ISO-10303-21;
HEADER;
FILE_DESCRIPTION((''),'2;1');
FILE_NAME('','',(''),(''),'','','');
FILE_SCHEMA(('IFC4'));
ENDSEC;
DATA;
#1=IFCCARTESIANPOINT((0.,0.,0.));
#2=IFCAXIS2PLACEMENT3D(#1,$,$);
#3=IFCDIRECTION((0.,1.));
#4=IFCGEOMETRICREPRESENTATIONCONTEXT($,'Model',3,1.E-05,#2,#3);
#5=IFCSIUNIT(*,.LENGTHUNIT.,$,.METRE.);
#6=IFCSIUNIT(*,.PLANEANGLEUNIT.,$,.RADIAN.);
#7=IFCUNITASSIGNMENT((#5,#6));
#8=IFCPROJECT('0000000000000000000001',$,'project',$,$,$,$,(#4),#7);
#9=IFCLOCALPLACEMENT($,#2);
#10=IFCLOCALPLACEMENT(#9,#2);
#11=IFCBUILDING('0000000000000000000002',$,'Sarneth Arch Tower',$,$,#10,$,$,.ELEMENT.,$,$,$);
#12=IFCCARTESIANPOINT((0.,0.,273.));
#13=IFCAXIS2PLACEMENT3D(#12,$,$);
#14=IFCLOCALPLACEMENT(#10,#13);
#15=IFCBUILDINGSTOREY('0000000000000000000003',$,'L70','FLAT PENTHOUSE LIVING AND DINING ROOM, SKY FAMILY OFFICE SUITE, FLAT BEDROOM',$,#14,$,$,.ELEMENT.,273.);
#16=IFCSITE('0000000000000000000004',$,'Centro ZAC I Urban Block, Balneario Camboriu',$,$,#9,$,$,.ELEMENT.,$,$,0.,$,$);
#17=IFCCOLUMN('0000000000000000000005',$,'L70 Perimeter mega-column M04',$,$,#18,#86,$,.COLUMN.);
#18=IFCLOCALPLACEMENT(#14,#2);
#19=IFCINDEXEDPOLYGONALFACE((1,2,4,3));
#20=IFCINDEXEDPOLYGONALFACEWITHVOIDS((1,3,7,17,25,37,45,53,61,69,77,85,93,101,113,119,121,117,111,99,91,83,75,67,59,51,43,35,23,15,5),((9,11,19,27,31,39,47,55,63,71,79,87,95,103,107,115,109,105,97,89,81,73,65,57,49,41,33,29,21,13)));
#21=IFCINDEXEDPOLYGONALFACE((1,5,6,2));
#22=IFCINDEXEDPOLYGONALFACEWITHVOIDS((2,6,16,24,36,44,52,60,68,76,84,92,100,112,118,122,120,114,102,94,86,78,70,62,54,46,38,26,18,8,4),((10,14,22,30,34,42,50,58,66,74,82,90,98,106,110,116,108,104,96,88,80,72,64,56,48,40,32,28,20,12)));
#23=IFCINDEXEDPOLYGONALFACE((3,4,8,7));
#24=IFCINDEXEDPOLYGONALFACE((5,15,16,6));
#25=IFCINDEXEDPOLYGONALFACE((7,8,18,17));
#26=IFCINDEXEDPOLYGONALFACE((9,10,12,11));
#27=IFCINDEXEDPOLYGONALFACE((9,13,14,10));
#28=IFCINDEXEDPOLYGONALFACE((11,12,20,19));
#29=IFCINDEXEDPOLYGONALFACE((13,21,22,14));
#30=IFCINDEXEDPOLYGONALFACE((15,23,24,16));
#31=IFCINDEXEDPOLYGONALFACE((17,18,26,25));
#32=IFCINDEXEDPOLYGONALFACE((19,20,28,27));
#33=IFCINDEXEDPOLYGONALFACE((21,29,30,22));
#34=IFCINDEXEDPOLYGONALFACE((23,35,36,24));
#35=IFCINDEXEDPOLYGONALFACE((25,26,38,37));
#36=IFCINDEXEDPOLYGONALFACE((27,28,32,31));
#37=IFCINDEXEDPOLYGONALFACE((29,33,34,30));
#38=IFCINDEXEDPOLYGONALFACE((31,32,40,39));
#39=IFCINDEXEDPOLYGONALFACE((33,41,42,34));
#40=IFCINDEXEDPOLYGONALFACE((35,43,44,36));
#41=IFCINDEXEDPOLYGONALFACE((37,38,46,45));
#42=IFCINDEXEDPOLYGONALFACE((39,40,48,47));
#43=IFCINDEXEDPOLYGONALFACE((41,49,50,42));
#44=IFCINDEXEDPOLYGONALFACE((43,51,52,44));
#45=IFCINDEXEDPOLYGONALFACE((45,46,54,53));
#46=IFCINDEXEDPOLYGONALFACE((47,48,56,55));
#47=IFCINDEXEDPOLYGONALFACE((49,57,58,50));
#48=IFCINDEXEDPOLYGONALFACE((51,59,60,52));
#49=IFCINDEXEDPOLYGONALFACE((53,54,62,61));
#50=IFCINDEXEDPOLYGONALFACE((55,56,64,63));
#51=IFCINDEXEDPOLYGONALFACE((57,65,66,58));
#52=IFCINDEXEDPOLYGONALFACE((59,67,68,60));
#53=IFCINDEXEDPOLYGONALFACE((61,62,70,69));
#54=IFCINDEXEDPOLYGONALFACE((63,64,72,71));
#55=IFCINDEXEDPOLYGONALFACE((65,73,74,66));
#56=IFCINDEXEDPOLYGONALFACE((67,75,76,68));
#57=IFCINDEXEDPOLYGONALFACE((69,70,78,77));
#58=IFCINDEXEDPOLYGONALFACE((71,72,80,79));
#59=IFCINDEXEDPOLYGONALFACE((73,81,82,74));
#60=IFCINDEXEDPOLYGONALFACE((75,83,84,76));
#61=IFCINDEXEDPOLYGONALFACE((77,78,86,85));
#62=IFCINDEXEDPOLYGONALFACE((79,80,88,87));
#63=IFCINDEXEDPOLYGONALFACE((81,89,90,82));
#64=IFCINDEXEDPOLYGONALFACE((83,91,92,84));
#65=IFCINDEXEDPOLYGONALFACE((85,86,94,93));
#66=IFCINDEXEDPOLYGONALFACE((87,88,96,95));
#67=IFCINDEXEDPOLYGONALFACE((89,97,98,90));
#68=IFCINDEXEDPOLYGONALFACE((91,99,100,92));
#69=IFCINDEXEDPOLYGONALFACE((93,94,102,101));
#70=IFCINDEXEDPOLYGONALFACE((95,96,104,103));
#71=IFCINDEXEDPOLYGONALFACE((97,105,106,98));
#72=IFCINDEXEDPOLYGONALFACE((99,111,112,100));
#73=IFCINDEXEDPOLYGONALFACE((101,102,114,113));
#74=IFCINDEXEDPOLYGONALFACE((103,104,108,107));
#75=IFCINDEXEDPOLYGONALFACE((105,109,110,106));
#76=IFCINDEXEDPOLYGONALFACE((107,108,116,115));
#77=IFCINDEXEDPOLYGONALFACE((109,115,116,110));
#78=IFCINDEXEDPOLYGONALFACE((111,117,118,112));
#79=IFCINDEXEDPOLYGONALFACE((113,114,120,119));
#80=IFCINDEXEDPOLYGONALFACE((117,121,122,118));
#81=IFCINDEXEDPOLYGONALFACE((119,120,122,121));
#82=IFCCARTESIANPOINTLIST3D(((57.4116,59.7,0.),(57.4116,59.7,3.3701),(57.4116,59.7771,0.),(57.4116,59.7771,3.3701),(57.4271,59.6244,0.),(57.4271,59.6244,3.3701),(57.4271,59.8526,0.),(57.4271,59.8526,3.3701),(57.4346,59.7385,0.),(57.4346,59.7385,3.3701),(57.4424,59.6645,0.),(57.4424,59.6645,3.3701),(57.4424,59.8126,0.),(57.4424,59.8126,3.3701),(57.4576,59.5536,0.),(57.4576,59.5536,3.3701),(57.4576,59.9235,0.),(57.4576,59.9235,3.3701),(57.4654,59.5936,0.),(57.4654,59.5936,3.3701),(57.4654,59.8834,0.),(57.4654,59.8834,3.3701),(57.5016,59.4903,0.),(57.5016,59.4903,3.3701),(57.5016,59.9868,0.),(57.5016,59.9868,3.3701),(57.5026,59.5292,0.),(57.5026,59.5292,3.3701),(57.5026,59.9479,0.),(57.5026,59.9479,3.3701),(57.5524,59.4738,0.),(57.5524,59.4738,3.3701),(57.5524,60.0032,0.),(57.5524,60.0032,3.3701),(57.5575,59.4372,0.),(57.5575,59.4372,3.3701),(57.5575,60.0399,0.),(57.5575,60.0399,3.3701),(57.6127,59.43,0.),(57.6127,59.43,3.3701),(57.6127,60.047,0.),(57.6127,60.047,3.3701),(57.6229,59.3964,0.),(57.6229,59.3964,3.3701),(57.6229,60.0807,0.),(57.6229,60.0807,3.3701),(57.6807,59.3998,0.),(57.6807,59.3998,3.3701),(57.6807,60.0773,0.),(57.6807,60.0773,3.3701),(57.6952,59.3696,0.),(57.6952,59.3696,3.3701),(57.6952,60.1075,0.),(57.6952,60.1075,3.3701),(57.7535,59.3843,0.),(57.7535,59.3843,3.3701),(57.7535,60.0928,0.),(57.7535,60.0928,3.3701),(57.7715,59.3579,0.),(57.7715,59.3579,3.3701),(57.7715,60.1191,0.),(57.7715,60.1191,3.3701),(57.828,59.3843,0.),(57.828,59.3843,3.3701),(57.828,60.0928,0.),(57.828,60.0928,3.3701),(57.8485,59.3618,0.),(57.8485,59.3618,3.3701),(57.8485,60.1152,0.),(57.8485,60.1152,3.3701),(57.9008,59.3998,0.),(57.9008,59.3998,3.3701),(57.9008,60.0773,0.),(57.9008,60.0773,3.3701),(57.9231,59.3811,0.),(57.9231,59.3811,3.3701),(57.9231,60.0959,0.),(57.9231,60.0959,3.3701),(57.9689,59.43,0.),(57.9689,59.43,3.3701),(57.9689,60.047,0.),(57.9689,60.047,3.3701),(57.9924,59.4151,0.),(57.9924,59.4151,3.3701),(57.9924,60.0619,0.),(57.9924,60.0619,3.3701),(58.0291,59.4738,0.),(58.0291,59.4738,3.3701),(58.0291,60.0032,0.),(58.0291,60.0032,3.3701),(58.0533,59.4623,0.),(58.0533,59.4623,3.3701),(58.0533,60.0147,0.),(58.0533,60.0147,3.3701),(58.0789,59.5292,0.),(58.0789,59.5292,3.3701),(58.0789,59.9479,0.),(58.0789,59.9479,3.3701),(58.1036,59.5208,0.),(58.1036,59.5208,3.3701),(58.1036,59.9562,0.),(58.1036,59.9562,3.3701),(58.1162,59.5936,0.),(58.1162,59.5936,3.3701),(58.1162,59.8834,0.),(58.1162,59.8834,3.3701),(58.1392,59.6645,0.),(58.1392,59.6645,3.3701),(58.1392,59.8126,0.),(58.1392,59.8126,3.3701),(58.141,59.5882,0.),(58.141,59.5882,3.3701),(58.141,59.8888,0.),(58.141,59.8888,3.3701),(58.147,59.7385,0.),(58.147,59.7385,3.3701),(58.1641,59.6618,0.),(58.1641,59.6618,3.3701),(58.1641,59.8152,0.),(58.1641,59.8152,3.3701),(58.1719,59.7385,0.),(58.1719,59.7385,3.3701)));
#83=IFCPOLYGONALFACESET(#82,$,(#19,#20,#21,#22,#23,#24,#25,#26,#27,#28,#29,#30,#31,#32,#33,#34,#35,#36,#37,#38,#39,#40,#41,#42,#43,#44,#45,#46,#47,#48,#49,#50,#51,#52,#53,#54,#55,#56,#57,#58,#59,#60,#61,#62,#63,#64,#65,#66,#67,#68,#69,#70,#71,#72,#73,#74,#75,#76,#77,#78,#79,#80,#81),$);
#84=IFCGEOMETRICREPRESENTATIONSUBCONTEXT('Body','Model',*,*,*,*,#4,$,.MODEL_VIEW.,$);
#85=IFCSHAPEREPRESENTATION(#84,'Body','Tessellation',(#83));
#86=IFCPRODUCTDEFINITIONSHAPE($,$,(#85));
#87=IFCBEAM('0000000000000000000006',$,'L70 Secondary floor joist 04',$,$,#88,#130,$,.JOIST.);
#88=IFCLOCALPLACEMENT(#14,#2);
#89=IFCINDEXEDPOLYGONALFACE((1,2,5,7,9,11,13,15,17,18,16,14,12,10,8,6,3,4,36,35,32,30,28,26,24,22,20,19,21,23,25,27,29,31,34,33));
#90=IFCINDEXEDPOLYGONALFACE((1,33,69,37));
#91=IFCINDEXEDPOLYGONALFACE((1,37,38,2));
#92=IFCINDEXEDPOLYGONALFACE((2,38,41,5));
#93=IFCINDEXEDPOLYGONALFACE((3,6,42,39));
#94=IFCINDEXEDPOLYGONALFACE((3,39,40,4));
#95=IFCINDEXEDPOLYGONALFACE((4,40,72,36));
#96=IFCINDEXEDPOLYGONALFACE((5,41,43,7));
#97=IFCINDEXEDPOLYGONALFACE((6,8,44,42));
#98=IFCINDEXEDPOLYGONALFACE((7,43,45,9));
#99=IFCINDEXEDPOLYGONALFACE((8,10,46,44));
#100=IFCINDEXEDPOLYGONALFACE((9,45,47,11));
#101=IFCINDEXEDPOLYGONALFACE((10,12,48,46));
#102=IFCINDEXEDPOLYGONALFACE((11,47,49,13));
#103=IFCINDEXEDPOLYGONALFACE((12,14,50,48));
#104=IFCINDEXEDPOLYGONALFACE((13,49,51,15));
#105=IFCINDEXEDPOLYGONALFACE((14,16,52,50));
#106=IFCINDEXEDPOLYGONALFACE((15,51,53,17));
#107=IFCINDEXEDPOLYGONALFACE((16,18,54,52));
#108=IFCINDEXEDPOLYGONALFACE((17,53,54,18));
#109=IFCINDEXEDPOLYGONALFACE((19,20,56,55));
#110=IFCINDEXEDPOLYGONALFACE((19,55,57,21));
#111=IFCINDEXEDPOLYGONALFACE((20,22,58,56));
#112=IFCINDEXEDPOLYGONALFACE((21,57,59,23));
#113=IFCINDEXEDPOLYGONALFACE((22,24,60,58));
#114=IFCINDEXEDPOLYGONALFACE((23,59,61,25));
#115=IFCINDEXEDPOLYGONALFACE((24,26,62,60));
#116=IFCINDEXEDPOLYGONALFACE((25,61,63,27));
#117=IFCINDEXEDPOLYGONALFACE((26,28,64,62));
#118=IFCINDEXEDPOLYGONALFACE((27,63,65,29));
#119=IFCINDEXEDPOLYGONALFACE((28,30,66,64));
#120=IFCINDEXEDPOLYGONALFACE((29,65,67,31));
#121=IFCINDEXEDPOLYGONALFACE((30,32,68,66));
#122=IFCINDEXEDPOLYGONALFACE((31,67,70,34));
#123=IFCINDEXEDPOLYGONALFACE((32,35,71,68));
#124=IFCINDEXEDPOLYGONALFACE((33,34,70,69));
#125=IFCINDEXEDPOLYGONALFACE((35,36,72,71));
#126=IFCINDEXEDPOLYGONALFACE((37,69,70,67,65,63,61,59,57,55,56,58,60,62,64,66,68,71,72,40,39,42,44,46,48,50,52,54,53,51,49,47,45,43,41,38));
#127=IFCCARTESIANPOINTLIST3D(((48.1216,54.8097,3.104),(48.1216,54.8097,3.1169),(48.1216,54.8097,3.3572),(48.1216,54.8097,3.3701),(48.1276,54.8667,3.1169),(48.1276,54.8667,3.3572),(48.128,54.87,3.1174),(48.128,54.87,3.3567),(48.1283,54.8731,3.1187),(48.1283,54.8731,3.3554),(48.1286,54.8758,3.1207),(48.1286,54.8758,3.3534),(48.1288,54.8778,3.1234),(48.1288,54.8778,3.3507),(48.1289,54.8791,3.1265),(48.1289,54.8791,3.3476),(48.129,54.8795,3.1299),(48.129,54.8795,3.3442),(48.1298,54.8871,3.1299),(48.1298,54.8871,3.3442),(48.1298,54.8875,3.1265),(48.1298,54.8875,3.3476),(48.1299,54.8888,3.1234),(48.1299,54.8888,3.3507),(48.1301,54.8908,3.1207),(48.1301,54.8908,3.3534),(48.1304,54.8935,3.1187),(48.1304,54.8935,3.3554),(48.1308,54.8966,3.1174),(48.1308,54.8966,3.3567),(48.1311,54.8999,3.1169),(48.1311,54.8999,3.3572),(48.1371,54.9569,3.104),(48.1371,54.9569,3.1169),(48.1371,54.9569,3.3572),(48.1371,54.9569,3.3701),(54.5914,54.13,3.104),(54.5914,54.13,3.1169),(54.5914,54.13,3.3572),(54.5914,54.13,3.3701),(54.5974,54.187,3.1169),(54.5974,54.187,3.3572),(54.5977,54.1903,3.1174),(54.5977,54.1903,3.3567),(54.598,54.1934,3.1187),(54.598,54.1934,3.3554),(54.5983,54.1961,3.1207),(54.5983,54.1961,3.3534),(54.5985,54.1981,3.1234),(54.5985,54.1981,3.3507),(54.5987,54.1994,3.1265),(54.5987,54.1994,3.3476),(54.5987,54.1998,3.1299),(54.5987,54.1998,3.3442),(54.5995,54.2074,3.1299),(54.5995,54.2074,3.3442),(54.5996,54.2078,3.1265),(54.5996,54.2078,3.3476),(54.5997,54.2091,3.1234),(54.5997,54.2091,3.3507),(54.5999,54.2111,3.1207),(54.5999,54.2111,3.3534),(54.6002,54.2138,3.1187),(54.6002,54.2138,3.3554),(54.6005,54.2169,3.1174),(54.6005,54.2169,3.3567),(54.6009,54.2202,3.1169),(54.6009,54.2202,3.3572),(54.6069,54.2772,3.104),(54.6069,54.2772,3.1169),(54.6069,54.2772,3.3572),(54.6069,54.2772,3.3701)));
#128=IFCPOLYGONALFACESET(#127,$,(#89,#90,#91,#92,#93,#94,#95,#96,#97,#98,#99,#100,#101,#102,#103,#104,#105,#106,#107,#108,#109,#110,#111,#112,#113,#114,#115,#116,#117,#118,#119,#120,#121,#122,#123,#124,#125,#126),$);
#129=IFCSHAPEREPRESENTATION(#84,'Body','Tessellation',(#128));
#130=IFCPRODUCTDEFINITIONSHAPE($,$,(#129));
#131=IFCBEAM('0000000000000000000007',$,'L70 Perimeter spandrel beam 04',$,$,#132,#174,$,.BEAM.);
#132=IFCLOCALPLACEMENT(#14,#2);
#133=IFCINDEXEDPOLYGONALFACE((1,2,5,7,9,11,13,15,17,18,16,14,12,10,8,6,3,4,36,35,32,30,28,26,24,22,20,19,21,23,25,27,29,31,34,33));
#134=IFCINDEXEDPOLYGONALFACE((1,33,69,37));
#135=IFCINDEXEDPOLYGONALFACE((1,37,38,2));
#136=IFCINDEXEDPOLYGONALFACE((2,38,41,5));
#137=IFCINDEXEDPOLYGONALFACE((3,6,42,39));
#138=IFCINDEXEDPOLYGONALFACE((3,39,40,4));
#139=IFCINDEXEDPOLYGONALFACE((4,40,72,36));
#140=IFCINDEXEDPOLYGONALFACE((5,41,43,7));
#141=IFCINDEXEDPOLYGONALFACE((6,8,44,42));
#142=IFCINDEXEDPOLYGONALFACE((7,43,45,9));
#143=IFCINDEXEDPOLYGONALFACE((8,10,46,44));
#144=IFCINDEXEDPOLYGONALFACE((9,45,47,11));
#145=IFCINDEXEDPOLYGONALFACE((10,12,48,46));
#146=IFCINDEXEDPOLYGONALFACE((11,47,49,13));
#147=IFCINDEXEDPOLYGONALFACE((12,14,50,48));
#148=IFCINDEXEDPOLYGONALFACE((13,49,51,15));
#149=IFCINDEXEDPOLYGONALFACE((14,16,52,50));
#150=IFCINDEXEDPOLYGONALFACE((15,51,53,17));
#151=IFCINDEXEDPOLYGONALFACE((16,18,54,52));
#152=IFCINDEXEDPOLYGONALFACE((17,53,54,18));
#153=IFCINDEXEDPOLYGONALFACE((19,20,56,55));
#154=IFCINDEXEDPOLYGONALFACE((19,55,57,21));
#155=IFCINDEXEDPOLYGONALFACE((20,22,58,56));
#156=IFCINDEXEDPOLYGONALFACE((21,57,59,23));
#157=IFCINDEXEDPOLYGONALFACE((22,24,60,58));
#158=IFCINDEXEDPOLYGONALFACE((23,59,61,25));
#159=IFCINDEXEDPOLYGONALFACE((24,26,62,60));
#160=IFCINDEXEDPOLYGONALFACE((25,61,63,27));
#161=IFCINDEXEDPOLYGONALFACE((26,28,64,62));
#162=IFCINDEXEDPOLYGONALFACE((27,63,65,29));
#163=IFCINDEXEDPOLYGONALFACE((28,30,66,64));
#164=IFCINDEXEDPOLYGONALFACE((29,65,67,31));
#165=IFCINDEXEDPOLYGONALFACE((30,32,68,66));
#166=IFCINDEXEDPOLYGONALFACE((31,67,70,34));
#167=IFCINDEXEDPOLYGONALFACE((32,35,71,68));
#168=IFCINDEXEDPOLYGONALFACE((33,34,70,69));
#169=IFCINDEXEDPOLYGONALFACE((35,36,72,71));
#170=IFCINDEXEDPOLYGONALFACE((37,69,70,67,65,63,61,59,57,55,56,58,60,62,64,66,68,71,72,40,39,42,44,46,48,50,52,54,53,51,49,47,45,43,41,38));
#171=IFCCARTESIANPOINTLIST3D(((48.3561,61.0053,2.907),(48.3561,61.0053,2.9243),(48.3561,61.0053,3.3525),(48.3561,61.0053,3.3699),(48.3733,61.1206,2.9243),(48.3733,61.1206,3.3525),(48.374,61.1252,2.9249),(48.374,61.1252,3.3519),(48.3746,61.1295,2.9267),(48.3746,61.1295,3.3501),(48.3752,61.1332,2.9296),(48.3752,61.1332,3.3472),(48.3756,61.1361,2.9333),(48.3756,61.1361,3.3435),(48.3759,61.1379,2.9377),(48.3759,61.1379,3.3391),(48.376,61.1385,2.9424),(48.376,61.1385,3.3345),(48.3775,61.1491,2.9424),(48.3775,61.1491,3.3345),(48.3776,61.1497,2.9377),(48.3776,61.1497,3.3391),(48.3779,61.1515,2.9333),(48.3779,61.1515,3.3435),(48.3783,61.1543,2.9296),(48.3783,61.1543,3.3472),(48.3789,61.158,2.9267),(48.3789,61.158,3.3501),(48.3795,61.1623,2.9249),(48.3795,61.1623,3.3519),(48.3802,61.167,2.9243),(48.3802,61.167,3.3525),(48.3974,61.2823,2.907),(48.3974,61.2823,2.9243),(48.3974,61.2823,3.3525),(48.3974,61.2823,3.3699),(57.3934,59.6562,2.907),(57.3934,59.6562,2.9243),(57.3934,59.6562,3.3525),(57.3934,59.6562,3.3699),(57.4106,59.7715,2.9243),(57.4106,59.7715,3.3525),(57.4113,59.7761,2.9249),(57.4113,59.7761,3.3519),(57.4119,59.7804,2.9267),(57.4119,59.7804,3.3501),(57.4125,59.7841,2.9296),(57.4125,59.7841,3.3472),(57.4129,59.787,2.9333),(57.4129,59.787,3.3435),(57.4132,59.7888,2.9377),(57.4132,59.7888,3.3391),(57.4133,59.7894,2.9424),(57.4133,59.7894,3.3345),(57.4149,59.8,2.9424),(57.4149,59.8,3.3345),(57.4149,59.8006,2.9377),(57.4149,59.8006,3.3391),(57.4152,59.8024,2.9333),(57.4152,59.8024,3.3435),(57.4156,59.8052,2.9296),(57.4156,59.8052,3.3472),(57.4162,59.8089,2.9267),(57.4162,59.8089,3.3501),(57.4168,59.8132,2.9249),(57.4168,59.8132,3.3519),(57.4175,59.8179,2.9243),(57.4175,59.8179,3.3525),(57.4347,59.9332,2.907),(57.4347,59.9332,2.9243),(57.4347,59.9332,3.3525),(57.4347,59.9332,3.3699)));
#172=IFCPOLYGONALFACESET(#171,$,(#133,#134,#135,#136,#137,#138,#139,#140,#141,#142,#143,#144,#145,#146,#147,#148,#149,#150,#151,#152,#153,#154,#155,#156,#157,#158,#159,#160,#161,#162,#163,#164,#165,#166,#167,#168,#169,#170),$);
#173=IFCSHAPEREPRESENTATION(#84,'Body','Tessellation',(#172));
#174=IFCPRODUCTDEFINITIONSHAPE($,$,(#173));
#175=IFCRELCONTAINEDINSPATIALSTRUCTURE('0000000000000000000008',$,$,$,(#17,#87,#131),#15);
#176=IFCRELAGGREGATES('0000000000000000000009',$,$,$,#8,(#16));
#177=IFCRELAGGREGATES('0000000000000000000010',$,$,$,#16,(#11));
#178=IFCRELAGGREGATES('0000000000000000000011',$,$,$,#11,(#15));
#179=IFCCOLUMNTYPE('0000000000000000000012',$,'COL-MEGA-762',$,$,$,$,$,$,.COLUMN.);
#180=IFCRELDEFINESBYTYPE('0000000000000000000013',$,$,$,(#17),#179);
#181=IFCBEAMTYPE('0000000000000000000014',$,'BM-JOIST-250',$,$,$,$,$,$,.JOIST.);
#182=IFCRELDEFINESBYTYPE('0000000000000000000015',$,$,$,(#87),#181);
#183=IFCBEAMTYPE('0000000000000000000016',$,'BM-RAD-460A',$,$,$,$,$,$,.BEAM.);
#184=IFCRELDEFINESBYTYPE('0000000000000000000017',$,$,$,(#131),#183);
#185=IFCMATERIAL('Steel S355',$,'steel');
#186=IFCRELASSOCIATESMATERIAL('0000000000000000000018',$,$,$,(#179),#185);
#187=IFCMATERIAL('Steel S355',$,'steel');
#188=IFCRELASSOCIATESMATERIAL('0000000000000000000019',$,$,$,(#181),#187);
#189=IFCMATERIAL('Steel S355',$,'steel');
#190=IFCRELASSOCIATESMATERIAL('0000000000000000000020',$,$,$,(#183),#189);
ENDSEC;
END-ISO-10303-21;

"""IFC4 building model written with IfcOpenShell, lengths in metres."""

from ifc_helpers import new_model, si_unit, direction, frame, origin, origin_2d, place, context, subcontext, project, spatial, hollow_circle, i_section, extrude, material, material_profile, profile_set, type_object, element, save


model = new_model("IFC4")

# Units and contexts
model_context = context("Model", 3, precision=1e-05, world=origin(), true_north=direction((0.0, 1.0)))
body_context = subcontext(model_context, "Body", "Model", "MODEL_VIEW")
ifc_project = project(units=[si_unit("LENGTHUNIT", "METRE"), si_unit("PLANEANGLEUNIT", "RADIAN")], contexts=[model_context])

# Site, building, storey
site_placement = place(None, origin())
site = spatial("IfcSite", under=ifc_project, at=site_placement, Name="Centro ZAC I Urban Block, Balneario Camboriu", CompositionType="ELEMENT", RefElevation=0.0)
building_placement = place(site_placement, origin())
building = spatial("IfcBuilding", under=site, at=building_placement, Name="Sarneth Arch Tower", CompositionType="ELEMENT")
storey_placement = place(building_placement, frame((0.0, 0.0, 273.0)))
storey = spatial("IfcBuildingStorey", under=building, at=storey_placement, Name="L70", Description="FLAT PENTHOUSE LIVING AND DINING ROOM, SKY FAMILY OFFICE SUITE, FLAT BEDROOM", CompositionType="ELEMENT", Elevation=273.0)

# Column
ifc_material_1 = material(Name="Steel S355", Category="steel")
ifc_material_profile_1 = material_profile(ifc_material_1, hollow_circle(Radius=0.3811, WallThickness=0.0249, at=origin_2d()), Name="CHS762x25")
ifc_profile_set_1 = profile_set([ifc_material_profile_1], Name="Steel S355")
column_type = type_object("IfcColumnType", Name="COL-MEGA-762", PredefinedType="COLUMN", material=ifc_profile_set_1)
column_placement = place(storey_placement, frame((57.7908, 59.7385, 0.0), z_axis=(0.0, 0.0, 1.0), x_axis=(1.0, 0.0, 0.0)))
element("IfcColumn", 1, at=column_placement, inside=storey, type_object=column_type, Name="L70 Perimeter mega-column M04", PredefinedType="COLUMN", context=body_context, shape_type="SweptSolid", body=[
    extrude(hollow_circle(Radius=0.3811, WallThickness=0.0249, at=origin_2d()), origin(), (0.0, 0.0, 1.0), 3.3701),
])

# Beams
ifc_material_2 = material(Name="Steel S355", Category="steel")
ifc_material_profile_2 = material_profile(ifc_material_2, i_section(OverallWidth=0.1479, OverallDepth=0.2661, WebThickness=0.0076, FlangeThickness=0.0129, FilletRadius=0.0129, at=origin_2d()), Name="W250x44.8")
ifc_profile_set_2 = profile_set([ifc_material_profile_2], Name="Steel S355")
beam_type_1 = type_object("IfcBeamType", Name="BM-JOIST-250", PredefinedType="JOIST", material=ifc_profile_set_2)
beam_1_placement = place(storey_placement, frame((54.5991, 54.2036, 3.2371), z_axis=(-0.994527, 0.104482, 0.0), x_axis=(-0.104482, -0.994527, 0.0)))
element("IfcBeam", 2, at=beam_1_placement, inside=storey, type_object=beam_type_1, Name="L70 Secondary floor joist 04", PredefinedType="JOIST", context=body_context, shape_type="SweptSolid", body=[
    extrude(i_section(OverallWidth=0.1479, OverallDepth=0.2661, WebThickness=0.0076, FlangeThickness=0.0129, FilletRadius=0.0129, at=origin_2d()), origin(), (0.0, 0.0, 1.0), 6.5054),
])
ifc_material_3 = material(Name="Steel S355", Category="steel")
ifc_material_profile_3 = material_profile(ifc_material_3, i_section(OverallWidth=0.28, OverallDepth=0.4629, WebThickness=0.0107, FlangeThickness=0.0173, FilletRadius=0.0181, at=origin_2d()), Name="W460x113")
ifc_profile_set_3 = profile_set([ifc_material_profile_3], Name="Steel S355")
beam_type_2 = type_object("IfcBeamType", Name="BM-RAD-460A", PredefinedType="BEAM", material=ifc_profile_set_3)
beam_2_placement = place(storey_placement, frame((57.4141, 59.7947, 3.1384), z_axis=(-0.98904, 0.147647, 0.0), x_axis=(-0.147647, -0.98904, 0.0)))
element("IfcBeam", 3, at=beam_2_placement, inside=storey, type_object=beam_type_2, Name="L70 Perimeter spandrel beam 04", PredefinedType="BEAM", context=body_context, shape_type="SweptSolid", body=[
    extrude(i_section(OverallWidth=0.28, OverallDepth=0.4629, WebThickness=0.0107, FlangeThickness=0.0173, FilletRadius=0.0181, at=origin_2d()), origin(), (0.0, 0.0, 1.0), 9.1375),
])

save(model, "model.ifc")
